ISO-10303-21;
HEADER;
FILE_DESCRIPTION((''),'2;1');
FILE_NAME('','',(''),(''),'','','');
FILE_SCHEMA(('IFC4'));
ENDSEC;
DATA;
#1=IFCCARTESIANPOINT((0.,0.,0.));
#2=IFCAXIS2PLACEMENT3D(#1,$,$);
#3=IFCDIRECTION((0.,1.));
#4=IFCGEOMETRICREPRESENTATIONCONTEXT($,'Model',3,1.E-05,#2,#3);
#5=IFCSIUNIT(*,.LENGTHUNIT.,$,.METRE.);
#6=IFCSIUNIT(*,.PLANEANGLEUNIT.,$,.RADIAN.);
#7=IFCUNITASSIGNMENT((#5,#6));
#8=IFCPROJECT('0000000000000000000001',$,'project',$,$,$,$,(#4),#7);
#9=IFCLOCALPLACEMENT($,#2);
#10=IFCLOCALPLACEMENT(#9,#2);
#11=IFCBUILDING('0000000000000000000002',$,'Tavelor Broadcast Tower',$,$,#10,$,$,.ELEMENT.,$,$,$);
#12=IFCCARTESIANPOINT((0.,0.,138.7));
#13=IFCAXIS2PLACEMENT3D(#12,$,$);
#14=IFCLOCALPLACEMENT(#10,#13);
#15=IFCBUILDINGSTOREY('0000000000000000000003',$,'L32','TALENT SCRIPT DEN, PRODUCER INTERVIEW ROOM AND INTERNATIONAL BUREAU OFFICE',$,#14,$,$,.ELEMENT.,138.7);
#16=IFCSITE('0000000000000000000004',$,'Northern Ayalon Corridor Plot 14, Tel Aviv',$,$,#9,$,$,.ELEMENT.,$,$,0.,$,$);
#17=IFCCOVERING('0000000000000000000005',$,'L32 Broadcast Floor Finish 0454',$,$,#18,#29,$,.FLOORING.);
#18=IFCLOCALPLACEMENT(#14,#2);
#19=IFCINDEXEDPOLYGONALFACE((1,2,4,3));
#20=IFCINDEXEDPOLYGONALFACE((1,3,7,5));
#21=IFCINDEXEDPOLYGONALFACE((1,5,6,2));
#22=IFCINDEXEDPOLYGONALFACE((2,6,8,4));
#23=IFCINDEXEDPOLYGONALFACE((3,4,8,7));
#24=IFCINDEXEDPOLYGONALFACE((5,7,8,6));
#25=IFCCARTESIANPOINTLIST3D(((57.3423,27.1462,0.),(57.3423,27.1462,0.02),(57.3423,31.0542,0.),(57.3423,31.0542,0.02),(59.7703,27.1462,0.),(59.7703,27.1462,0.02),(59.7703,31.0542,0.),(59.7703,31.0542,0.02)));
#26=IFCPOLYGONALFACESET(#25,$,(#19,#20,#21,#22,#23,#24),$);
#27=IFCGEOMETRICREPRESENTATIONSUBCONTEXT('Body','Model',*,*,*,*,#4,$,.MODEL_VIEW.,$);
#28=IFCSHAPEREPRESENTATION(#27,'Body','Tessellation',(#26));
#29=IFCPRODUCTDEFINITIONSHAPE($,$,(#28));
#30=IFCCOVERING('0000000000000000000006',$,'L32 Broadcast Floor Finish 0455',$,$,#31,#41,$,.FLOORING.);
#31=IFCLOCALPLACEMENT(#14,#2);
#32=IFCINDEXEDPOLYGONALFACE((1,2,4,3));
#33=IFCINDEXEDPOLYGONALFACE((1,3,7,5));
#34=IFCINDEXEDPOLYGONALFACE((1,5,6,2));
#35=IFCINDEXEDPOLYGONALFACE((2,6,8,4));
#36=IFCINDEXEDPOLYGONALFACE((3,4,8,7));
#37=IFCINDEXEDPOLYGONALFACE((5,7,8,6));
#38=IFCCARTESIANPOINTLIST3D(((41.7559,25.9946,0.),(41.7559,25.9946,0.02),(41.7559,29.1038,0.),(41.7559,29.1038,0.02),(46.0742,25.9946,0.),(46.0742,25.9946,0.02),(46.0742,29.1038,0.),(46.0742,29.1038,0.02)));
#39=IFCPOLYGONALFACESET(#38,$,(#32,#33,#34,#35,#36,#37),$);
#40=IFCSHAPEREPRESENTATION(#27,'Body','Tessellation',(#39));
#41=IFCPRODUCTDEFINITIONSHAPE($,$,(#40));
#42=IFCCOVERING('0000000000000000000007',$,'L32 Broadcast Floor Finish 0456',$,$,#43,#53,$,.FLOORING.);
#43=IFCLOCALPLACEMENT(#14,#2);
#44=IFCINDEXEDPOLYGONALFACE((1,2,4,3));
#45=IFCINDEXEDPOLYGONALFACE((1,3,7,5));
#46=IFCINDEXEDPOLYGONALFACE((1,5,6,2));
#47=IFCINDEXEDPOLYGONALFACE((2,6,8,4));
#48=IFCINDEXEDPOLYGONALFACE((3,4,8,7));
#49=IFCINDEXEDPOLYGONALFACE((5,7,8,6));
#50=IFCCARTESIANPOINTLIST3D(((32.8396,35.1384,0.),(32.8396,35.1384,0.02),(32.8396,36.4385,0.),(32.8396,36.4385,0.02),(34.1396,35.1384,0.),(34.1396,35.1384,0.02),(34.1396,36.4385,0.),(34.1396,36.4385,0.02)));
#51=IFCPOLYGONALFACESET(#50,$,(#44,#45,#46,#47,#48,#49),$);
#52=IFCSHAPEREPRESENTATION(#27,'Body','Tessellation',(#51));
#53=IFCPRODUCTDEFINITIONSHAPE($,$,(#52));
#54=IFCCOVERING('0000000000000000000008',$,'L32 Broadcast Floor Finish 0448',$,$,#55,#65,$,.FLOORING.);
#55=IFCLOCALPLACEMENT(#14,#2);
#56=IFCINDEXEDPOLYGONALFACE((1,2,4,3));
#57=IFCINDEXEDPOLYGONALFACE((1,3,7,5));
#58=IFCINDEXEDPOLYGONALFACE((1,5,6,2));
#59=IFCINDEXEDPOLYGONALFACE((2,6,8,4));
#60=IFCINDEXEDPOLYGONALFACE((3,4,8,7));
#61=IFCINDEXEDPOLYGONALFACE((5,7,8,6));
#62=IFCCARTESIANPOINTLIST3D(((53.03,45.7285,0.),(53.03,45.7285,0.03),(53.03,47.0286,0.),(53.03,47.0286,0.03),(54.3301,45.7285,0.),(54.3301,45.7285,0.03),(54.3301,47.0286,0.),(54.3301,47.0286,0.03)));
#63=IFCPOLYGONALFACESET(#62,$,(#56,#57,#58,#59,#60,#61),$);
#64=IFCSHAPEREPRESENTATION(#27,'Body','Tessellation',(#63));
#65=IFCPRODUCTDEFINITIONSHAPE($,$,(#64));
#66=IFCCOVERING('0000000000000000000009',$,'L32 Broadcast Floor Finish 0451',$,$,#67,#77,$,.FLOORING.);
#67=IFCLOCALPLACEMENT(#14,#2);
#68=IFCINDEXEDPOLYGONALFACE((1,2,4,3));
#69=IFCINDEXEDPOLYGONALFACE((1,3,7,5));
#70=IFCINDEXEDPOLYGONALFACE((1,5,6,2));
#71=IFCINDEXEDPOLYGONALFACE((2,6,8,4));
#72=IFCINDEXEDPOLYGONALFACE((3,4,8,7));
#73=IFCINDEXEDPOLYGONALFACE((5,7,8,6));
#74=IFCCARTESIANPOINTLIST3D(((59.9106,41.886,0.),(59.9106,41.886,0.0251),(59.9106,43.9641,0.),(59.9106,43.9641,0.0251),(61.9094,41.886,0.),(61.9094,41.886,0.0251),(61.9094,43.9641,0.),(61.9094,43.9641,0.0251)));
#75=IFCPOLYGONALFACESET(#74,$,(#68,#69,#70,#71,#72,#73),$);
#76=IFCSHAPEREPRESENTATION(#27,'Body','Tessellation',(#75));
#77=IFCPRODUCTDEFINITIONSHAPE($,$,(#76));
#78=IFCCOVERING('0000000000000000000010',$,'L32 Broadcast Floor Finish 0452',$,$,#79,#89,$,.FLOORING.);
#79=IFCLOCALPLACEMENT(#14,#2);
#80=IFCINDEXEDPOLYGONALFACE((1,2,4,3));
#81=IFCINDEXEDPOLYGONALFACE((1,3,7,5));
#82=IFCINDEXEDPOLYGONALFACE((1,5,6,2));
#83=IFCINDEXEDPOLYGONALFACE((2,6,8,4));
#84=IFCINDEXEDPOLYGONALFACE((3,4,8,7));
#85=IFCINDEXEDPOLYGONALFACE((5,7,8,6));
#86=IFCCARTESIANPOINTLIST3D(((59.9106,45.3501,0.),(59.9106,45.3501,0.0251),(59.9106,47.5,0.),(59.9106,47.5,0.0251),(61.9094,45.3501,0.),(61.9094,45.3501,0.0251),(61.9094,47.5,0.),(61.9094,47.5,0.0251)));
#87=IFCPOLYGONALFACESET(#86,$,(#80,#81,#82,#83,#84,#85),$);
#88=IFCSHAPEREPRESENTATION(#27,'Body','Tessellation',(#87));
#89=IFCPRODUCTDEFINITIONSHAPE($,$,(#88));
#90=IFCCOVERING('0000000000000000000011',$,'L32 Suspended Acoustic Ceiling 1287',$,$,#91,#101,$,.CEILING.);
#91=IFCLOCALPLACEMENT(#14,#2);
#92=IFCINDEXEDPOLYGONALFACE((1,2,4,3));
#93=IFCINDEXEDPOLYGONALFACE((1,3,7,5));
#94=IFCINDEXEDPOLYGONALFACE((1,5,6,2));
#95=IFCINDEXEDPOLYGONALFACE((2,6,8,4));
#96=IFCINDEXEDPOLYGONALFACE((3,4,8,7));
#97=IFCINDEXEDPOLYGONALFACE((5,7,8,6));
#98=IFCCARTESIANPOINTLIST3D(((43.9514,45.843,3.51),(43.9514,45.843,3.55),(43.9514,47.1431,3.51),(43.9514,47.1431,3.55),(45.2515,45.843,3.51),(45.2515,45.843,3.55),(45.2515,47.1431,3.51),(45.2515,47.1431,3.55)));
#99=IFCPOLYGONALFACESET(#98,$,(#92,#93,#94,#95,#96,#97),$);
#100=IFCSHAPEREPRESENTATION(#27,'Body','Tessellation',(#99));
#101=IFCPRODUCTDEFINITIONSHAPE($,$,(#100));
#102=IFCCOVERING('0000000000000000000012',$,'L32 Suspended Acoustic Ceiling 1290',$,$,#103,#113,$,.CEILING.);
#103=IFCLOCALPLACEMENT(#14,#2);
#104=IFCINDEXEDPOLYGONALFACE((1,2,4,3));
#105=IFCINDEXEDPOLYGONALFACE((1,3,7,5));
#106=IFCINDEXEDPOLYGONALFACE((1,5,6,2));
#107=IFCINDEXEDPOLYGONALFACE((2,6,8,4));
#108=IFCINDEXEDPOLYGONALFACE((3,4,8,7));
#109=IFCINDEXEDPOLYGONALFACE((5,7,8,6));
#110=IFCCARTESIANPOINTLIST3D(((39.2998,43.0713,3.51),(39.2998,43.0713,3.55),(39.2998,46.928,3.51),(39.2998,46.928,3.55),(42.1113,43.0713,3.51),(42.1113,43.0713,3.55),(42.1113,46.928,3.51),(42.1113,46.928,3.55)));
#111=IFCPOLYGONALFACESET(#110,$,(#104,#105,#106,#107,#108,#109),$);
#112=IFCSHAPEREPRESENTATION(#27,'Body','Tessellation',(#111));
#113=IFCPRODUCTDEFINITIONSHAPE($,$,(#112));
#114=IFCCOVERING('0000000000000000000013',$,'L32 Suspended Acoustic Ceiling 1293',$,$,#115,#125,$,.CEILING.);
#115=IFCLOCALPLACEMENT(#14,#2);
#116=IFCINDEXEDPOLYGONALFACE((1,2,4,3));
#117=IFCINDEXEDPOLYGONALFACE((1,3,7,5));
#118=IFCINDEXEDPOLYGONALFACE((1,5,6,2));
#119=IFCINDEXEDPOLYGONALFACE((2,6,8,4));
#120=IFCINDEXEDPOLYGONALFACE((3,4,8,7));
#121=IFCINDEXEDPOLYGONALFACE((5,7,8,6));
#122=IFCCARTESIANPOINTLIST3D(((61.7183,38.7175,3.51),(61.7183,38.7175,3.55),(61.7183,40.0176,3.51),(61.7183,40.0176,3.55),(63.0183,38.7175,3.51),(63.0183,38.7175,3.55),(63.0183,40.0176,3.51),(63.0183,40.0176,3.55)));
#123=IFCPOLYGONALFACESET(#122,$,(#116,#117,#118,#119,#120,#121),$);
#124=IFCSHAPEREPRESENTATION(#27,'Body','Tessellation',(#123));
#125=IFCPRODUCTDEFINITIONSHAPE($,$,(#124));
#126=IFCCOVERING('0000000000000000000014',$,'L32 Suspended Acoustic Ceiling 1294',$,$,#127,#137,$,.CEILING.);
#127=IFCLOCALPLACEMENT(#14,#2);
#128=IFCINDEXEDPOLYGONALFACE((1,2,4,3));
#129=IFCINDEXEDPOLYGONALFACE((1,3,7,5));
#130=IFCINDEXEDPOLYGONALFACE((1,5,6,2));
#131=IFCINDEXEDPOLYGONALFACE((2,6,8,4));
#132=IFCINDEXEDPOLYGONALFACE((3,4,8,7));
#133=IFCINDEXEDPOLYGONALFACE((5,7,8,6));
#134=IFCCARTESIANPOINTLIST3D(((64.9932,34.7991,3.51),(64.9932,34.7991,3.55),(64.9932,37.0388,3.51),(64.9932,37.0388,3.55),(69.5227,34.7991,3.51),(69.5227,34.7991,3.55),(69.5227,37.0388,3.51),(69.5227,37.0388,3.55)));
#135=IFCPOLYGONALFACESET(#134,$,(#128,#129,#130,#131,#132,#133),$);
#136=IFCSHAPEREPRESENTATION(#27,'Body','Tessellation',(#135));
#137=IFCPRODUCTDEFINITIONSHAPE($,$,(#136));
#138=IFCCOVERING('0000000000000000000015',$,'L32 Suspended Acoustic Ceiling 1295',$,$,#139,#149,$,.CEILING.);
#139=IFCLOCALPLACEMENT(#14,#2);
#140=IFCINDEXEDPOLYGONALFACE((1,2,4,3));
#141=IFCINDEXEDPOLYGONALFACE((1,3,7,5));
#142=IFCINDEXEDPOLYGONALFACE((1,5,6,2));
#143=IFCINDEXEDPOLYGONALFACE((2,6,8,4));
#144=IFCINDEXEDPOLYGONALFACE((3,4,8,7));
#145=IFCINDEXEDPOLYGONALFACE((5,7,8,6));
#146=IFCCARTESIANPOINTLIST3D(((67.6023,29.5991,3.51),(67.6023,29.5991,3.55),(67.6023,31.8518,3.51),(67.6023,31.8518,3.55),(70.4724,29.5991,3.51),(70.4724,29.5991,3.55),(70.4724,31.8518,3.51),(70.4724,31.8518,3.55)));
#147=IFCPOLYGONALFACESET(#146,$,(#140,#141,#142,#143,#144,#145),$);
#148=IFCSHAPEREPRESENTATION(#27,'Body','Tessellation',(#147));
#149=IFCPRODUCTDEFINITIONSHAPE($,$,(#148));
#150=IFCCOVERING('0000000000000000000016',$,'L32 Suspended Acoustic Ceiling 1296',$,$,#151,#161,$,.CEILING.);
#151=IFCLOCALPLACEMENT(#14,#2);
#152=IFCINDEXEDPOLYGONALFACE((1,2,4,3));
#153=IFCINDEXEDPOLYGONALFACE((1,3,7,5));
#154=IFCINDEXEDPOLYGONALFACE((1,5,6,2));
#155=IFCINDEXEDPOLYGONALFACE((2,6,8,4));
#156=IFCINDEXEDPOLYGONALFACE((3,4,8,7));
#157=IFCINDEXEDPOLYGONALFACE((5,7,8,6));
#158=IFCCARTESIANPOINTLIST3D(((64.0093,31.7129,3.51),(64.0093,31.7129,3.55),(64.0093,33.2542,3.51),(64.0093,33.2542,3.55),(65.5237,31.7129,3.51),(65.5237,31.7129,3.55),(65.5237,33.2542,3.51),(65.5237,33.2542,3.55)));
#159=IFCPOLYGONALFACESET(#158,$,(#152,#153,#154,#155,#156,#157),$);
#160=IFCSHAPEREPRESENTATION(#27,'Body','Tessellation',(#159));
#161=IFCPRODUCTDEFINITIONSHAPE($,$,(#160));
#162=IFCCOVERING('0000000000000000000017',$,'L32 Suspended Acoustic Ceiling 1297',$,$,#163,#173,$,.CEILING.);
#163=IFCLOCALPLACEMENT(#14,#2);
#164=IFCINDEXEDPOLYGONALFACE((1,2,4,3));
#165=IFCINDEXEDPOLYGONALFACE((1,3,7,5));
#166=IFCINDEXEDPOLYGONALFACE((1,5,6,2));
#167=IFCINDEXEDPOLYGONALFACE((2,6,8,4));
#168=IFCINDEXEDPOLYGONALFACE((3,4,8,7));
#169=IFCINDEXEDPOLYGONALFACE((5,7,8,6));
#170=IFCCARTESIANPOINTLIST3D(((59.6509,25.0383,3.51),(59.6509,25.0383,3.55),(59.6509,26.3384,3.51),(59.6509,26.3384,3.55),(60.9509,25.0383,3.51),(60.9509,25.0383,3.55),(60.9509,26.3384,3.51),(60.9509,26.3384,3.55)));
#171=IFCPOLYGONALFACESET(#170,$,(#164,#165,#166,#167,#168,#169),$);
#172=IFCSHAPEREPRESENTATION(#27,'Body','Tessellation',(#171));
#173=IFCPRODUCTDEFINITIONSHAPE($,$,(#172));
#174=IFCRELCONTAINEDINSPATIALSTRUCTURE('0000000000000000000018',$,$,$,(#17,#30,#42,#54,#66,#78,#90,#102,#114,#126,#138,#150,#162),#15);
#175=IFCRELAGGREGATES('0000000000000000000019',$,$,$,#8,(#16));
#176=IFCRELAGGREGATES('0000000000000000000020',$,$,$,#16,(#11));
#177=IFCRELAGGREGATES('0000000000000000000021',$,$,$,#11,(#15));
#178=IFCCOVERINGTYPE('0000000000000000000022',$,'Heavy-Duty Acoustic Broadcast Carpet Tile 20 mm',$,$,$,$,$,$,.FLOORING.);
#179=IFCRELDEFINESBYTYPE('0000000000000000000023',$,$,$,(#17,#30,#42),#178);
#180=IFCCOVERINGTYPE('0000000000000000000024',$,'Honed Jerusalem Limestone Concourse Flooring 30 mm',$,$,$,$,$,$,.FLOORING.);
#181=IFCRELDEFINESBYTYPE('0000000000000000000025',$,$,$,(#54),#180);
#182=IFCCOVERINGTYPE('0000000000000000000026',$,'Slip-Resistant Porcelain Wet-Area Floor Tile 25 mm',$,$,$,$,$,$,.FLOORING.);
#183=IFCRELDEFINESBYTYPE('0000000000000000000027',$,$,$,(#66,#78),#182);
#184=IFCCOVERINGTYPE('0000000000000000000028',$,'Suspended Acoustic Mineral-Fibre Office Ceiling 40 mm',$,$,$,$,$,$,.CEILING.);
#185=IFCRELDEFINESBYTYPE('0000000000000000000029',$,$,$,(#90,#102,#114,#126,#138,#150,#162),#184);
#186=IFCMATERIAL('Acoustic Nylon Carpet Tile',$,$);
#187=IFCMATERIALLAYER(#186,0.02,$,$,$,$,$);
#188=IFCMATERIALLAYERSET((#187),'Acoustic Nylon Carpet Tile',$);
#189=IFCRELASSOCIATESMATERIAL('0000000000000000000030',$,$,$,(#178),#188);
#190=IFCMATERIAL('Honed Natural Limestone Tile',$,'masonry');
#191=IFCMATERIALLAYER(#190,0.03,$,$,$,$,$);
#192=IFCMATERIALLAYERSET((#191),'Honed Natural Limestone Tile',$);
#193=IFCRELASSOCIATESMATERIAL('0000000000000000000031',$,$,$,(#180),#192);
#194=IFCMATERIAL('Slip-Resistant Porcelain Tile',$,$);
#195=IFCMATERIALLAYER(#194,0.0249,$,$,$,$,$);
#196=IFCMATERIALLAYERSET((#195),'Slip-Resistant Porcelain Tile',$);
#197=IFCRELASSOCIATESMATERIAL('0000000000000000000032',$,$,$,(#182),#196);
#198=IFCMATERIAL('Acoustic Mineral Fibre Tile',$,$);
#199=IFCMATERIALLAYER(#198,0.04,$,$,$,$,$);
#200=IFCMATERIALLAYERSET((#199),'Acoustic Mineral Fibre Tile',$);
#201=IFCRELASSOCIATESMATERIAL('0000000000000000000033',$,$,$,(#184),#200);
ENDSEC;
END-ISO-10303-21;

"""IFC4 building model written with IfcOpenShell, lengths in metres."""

from ifc_helpers import new_model, si_unit, direction, frame, origin, place, context, subcontext, project, spatial, polyline, outline, extrude, material, layer, layer_set, type_object, element, save


model = new_model("IFC4")

# Units and contexts
model_context = context("Model", 3, precision=1e-05, world=origin(), true_north=direction((0.0, 1.0)))
body_context = subcontext(model_context, "Body", "Model", "MODEL_VIEW")
ifc_project = project(units=[si_unit("LENGTHUNIT", "METRE"), si_unit("PLANEANGLEUNIT", "RADIAN")], contexts=[model_context])

# Site, building, storey
site_placement = place(None, origin())
site = spatial("IfcSite", under=ifc_project, at=site_placement, Name="Northern Ayalon Corridor Plot 14, Tel Aviv", CompositionType="ELEMENT", RefElevation=0.0)
building_placement = place(site_placement, origin())
building = spatial("IfcBuilding", under=site, at=building_placement, Name="Tavelor Broadcast Tower", CompositionType="ELEMENT")
storey_placement = place(building_placement, frame((0.0, 0.0, 138.7)))
storey = spatial("IfcBuildingStorey", under=building, at=storey_placement, Name="L32", Description="TALENT SCRIPT DEN, PRODUCER INTERVIEW ROOM AND INTERNATIONAL BUREAU OFFICE", CompositionType="ELEMENT", Elevation=138.7)

# Coverings
ifc_material_1 = material(Name="Acoustic Nylon Carpet Tile")
ifc_layer_1 = layer(ifc_material_1, 0.02)
ifc_layer_set_1 = layer_set([ifc_layer_1], Name="Acoustic Nylon Carpet Tile")
covering_type_1 = type_object("IfcCoveringType", Name="Heavy-Duty Acoustic Broadcast Carpet Tile 20 mm", PredefinedType="FLOORING", material=ifc_layer_set_1)
covering_1_placement = place(storey_placement, origin())
element("IfcCovering", 1, at=covering_1_placement, inside=storey, type_object=covering_type_1, Name="L32 Broadcast Floor Finish 0454", PredefinedType="FLOORING", context=body_context, shape_type="SweptSolid", body=[
    extrude(outline(polyline([(57.3423, 27.1462), (59.7703, 27.1462), (59.7703, 31.0542), (57.3423, 31.0542), (57.3423, 27.1462)])), origin(), (0.0, 0.0, 1.0), 0.02),
])
covering_2_placement = place(storey_placement, origin())
element("IfcCovering", 2, at=covering_2_placement, inside=storey, type_object=covering_type_1, Name="L32 Broadcast Floor Finish 0455", PredefinedType="FLOORING", context=body_context, shape_type="SweptSolid", body=[
    extrude(outline(polyline([(41.7559, 25.9946), (46.0742, 25.9946), (46.0742, 29.1038), (41.7559, 29.1038), (41.7559, 25.9946)])), origin(), (0.0, 0.0, 1.0), 0.02),
])
covering_3_placement = place(storey_placement, origin())
element("IfcCovering", 3, at=covering_3_placement, inside=storey, type_object=covering_type_1, Name="L32 Broadcast Floor Finish 0456", PredefinedType="FLOORING", context=body_context, shape_type="SweptSolid", body=[
    extrude(outline(polyline([(32.8396, 35.1384), (34.1396, 35.1384), (34.1396, 36.4385), (32.8396, 36.4385), (32.8396, 35.1384)])), origin(), (0.0, 0.0, 1.0), 0.02),
])
ifc_material_2 = material(Name="Honed Natural Limestone Tile", Category="masonry")
ifc_layer_2 = layer(ifc_material_2, 0.03)
ifc_layer_set_2 = layer_set([ifc_layer_2], Name="Honed Natural Limestone Tile")
covering_type_2 = type_object("IfcCoveringType", Name="Honed Jerusalem Limestone Concourse Flooring 30 mm", PredefinedType="FLOORING", material=ifc_layer_set_2)
covering_4_placement = place(storey_placement, origin())
element("IfcCovering", 4, at=covering_4_placement, inside=storey, type_object=covering_type_2, Name="L32 Broadcast Floor Finish 0448", PredefinedType="FLOORING", context=body_context, shape_type="SweptSolid", body=[
    extrude(outline(polyline([(53.03, 45.7285), (54.3301, 45.7285), (54.3301, 47.0286), (53.03, 47.0286), (53.03, 45.7285)])), origin(), (0.0, 0.0, 1.0), 0.03),
])
ifc_material_3 = material(Name="Slip-Resistant Porcelain Tile")
ifc_layer_3 = layer(ifc_material_3, 0.0249)
ifc_layer_set_3 = layer_set([ifc_layer_3], Name="Slip-Resistant Porcelain Tile")
covering_type_3 = type_object("IfcCoveringType", Name="Slip-Resistant Porcelain Wet-Area Floor Tile 25 mm", PredefinedType="FLOORING", material=ifc_layer_set_3)
covering_5_placement = place(storey_placement, origin())
element("IfcCovering", 5, at=covering_5_placement, inside=storey, type_object=covering_type_3, Name="L32 Broadcast Floor Finish 0451", PredefinedType="FLOORING", context=body_context, shape_type="SweptSolid", body=[
    extrude(outline(polyline([(59.9106, 41.886), (61.9094, 41.886), (61.9094, 43.9641), (59.9106, 43.9641), (59.9106, 41.886)])), origin(), (0.0, 0.0, 1.0), 0.0251),
])
covering_6_placement = place(storey_placement, origin())
element("IfcCovering", 6, at=covering_6_placement, inside=storey, type_object=covering_type_3, Name="L32 Broadcast Floor Finish 0452", PredefinedType="FLOORING", context=body_context, shape_type="SweptSolid", body=[
    extrude(outline(polyline([(59.9106, 45.3501), (61.9094, 45.3501), (61.9094, 47.5), (59.9106, 47.5), (59.9106, 45.3501)])), origin(), (0.0, 0.0, 1.0), 0.0251),
])
ifc_material_4 = material(Name="Acoustic Mineral Fibre Tile")
ifc_layer_4 = layer(ifc_material_4, 0.04)
ifc_layer_set_4 = layer_set([ifc_layer_4], Name="Acoustic Mineral Fibre Tile")
covering_type_4 = type_object("IfcCoveringType", Name="Suspended Acoustic Mineral-Fibre Office Ceiling 40 mm", PredefinedType="CEILING", material=ifc_layer_set_4)
covering_7_placement = place(storey_placement, frame((0.0, 0.0, 3.51)))
element("IfcCovering", 7, at=covering_7_placement, inside=storey, type_object=covering_type_4, Name="L32 Suspended Acoustic Ceiling 1287", PredefinedType="CEILING", context=body_context, shape_type="SweptSolid", body=[
    extrude(outline(polyline([(43.9514, 45.843), (45.2515, 45.843), (45.2515, 47.1431), (43.9514, 47.1431), (43.9514, 45.843)])), origin(), (0.0, 0.0, 1.0), 0.04),
])
covering_8_placement = place(storey_placement, frame((0.0, 0.0, 3.51)))
element("IfcCovering", 8, at=covering_8_placement, inside=storey, type_object=covering_type_4, Name="L32 Suspended Acoustic Ceiling 1290", PredefinedType="CEILING", context=body_context, shape_type="SweptSolid", body=[
    extrude(outline(polyline([(39.2998, 43.0713), (42.1113, 43.0713), (42.1113, 46.928), (39.2998, 46.928), (39.2998, 43.0713)])), origin(), (0.0, 0.0, 1.0), 0.04),
])
covering_9_placement = place(storey_placement, frame((0.0, 0.0, 3.51)))
element("IfcCovering", 9, at=covering_9_placement, inside=storey, type_object=covering_type_4, Name="L32 Suspended Acoustic Ceiling 1293", PredefinedType="CEILING", context=body_context, shape_type="SweptSolid", body=[
    extrude(outline(polyline([(61.7183, 38.7175), (63.0183, 38.7175), (63.0183, 40.0176), (61.7183, 40.0176), (61.7183, 38.7175)])), origin(), (0.0, 0.0, 1.0), 0.04),
])
covering_10_placement = place(storey_placement, frame((0.0, 0.0, 3.51)))
element("IfcCovering", 10, at=covering_10_placement, inside=storey, type_object=covering_type_4, Name="L32 Suspended Acoustic Ceiling 1294", PredefinedType="CEILING", context=body_context, shape_type="SweptSolid", body=[
    extrude(outline(polyline([(64.9932, 34.7991), (69.5227, 34.7991), (69.5227, 37.0388), (64.9932, 37.0388), (64.9932, 34.7991)])), origin(), (0.0, 0.0, 1.0), 0.04),
])
covering_11_placement = place(storey_placement, frame((0.0, 0.0, 3.51)))
element("IfcCovering", 11, at=covering_11_placement, inside=storey, type_object=covering_type_4, Name="L32 Suspended Acoustic Ceiling 1295", PredefinedType="CEILING", context=body_context, shape_type="SweptSolid", body=[
    extrude(outline(polyline([(67.6023, 29.5991), (70.4724, 29.5991), (70.4724, 31.8518), (67.6023, 31.8518), (67.6023, 29.5991)])), origin(), (0.0, 0.0, 1.0), 0.04),
])
covering_12_placement = place(storey_placement, frame((0.0, 0.0, 3.51)))
element("IfcCovering", 12, at=covering_12_placement, inside=storey, type_object=covering_type_4, Name="L32 Suspended Acoustic Ceiling 1296", PredefinedType="CEILING", context=body_context, shape_type="SweptSolid", body=[
    extrude(outline(polyline([(64.0093, 31.7129), (65.5237, 31.7129), (65.5237, 33.2542), (64.0093, 33.2542), (64.0093, 31.7129)])), origin(), (0.0, 0.0, 1.0), 0.04),
])
covering_13_placement = place(storey_placement, frame((0.0, 0.0, 3.51)))
element("IfcCovering", 13, at=covering_13_placement, inside=storey, type_object=covering_type_4, Name="L32 Suspended Acoustic Ceiling 1297", PredefinedType="CEILING", context=body_context, shape_type="SweptSolid", body=[
    extrude(outline(polyline([(59.6509, 25.0383), (60.9509, 25.0383), (60.9509, 26.3384), (59.6509, 26.3384), (59.6509, 25.0383)])), origin(), (0.0, 0.0, 1.0), 0.04),
])

save(model, "model.ifc")
